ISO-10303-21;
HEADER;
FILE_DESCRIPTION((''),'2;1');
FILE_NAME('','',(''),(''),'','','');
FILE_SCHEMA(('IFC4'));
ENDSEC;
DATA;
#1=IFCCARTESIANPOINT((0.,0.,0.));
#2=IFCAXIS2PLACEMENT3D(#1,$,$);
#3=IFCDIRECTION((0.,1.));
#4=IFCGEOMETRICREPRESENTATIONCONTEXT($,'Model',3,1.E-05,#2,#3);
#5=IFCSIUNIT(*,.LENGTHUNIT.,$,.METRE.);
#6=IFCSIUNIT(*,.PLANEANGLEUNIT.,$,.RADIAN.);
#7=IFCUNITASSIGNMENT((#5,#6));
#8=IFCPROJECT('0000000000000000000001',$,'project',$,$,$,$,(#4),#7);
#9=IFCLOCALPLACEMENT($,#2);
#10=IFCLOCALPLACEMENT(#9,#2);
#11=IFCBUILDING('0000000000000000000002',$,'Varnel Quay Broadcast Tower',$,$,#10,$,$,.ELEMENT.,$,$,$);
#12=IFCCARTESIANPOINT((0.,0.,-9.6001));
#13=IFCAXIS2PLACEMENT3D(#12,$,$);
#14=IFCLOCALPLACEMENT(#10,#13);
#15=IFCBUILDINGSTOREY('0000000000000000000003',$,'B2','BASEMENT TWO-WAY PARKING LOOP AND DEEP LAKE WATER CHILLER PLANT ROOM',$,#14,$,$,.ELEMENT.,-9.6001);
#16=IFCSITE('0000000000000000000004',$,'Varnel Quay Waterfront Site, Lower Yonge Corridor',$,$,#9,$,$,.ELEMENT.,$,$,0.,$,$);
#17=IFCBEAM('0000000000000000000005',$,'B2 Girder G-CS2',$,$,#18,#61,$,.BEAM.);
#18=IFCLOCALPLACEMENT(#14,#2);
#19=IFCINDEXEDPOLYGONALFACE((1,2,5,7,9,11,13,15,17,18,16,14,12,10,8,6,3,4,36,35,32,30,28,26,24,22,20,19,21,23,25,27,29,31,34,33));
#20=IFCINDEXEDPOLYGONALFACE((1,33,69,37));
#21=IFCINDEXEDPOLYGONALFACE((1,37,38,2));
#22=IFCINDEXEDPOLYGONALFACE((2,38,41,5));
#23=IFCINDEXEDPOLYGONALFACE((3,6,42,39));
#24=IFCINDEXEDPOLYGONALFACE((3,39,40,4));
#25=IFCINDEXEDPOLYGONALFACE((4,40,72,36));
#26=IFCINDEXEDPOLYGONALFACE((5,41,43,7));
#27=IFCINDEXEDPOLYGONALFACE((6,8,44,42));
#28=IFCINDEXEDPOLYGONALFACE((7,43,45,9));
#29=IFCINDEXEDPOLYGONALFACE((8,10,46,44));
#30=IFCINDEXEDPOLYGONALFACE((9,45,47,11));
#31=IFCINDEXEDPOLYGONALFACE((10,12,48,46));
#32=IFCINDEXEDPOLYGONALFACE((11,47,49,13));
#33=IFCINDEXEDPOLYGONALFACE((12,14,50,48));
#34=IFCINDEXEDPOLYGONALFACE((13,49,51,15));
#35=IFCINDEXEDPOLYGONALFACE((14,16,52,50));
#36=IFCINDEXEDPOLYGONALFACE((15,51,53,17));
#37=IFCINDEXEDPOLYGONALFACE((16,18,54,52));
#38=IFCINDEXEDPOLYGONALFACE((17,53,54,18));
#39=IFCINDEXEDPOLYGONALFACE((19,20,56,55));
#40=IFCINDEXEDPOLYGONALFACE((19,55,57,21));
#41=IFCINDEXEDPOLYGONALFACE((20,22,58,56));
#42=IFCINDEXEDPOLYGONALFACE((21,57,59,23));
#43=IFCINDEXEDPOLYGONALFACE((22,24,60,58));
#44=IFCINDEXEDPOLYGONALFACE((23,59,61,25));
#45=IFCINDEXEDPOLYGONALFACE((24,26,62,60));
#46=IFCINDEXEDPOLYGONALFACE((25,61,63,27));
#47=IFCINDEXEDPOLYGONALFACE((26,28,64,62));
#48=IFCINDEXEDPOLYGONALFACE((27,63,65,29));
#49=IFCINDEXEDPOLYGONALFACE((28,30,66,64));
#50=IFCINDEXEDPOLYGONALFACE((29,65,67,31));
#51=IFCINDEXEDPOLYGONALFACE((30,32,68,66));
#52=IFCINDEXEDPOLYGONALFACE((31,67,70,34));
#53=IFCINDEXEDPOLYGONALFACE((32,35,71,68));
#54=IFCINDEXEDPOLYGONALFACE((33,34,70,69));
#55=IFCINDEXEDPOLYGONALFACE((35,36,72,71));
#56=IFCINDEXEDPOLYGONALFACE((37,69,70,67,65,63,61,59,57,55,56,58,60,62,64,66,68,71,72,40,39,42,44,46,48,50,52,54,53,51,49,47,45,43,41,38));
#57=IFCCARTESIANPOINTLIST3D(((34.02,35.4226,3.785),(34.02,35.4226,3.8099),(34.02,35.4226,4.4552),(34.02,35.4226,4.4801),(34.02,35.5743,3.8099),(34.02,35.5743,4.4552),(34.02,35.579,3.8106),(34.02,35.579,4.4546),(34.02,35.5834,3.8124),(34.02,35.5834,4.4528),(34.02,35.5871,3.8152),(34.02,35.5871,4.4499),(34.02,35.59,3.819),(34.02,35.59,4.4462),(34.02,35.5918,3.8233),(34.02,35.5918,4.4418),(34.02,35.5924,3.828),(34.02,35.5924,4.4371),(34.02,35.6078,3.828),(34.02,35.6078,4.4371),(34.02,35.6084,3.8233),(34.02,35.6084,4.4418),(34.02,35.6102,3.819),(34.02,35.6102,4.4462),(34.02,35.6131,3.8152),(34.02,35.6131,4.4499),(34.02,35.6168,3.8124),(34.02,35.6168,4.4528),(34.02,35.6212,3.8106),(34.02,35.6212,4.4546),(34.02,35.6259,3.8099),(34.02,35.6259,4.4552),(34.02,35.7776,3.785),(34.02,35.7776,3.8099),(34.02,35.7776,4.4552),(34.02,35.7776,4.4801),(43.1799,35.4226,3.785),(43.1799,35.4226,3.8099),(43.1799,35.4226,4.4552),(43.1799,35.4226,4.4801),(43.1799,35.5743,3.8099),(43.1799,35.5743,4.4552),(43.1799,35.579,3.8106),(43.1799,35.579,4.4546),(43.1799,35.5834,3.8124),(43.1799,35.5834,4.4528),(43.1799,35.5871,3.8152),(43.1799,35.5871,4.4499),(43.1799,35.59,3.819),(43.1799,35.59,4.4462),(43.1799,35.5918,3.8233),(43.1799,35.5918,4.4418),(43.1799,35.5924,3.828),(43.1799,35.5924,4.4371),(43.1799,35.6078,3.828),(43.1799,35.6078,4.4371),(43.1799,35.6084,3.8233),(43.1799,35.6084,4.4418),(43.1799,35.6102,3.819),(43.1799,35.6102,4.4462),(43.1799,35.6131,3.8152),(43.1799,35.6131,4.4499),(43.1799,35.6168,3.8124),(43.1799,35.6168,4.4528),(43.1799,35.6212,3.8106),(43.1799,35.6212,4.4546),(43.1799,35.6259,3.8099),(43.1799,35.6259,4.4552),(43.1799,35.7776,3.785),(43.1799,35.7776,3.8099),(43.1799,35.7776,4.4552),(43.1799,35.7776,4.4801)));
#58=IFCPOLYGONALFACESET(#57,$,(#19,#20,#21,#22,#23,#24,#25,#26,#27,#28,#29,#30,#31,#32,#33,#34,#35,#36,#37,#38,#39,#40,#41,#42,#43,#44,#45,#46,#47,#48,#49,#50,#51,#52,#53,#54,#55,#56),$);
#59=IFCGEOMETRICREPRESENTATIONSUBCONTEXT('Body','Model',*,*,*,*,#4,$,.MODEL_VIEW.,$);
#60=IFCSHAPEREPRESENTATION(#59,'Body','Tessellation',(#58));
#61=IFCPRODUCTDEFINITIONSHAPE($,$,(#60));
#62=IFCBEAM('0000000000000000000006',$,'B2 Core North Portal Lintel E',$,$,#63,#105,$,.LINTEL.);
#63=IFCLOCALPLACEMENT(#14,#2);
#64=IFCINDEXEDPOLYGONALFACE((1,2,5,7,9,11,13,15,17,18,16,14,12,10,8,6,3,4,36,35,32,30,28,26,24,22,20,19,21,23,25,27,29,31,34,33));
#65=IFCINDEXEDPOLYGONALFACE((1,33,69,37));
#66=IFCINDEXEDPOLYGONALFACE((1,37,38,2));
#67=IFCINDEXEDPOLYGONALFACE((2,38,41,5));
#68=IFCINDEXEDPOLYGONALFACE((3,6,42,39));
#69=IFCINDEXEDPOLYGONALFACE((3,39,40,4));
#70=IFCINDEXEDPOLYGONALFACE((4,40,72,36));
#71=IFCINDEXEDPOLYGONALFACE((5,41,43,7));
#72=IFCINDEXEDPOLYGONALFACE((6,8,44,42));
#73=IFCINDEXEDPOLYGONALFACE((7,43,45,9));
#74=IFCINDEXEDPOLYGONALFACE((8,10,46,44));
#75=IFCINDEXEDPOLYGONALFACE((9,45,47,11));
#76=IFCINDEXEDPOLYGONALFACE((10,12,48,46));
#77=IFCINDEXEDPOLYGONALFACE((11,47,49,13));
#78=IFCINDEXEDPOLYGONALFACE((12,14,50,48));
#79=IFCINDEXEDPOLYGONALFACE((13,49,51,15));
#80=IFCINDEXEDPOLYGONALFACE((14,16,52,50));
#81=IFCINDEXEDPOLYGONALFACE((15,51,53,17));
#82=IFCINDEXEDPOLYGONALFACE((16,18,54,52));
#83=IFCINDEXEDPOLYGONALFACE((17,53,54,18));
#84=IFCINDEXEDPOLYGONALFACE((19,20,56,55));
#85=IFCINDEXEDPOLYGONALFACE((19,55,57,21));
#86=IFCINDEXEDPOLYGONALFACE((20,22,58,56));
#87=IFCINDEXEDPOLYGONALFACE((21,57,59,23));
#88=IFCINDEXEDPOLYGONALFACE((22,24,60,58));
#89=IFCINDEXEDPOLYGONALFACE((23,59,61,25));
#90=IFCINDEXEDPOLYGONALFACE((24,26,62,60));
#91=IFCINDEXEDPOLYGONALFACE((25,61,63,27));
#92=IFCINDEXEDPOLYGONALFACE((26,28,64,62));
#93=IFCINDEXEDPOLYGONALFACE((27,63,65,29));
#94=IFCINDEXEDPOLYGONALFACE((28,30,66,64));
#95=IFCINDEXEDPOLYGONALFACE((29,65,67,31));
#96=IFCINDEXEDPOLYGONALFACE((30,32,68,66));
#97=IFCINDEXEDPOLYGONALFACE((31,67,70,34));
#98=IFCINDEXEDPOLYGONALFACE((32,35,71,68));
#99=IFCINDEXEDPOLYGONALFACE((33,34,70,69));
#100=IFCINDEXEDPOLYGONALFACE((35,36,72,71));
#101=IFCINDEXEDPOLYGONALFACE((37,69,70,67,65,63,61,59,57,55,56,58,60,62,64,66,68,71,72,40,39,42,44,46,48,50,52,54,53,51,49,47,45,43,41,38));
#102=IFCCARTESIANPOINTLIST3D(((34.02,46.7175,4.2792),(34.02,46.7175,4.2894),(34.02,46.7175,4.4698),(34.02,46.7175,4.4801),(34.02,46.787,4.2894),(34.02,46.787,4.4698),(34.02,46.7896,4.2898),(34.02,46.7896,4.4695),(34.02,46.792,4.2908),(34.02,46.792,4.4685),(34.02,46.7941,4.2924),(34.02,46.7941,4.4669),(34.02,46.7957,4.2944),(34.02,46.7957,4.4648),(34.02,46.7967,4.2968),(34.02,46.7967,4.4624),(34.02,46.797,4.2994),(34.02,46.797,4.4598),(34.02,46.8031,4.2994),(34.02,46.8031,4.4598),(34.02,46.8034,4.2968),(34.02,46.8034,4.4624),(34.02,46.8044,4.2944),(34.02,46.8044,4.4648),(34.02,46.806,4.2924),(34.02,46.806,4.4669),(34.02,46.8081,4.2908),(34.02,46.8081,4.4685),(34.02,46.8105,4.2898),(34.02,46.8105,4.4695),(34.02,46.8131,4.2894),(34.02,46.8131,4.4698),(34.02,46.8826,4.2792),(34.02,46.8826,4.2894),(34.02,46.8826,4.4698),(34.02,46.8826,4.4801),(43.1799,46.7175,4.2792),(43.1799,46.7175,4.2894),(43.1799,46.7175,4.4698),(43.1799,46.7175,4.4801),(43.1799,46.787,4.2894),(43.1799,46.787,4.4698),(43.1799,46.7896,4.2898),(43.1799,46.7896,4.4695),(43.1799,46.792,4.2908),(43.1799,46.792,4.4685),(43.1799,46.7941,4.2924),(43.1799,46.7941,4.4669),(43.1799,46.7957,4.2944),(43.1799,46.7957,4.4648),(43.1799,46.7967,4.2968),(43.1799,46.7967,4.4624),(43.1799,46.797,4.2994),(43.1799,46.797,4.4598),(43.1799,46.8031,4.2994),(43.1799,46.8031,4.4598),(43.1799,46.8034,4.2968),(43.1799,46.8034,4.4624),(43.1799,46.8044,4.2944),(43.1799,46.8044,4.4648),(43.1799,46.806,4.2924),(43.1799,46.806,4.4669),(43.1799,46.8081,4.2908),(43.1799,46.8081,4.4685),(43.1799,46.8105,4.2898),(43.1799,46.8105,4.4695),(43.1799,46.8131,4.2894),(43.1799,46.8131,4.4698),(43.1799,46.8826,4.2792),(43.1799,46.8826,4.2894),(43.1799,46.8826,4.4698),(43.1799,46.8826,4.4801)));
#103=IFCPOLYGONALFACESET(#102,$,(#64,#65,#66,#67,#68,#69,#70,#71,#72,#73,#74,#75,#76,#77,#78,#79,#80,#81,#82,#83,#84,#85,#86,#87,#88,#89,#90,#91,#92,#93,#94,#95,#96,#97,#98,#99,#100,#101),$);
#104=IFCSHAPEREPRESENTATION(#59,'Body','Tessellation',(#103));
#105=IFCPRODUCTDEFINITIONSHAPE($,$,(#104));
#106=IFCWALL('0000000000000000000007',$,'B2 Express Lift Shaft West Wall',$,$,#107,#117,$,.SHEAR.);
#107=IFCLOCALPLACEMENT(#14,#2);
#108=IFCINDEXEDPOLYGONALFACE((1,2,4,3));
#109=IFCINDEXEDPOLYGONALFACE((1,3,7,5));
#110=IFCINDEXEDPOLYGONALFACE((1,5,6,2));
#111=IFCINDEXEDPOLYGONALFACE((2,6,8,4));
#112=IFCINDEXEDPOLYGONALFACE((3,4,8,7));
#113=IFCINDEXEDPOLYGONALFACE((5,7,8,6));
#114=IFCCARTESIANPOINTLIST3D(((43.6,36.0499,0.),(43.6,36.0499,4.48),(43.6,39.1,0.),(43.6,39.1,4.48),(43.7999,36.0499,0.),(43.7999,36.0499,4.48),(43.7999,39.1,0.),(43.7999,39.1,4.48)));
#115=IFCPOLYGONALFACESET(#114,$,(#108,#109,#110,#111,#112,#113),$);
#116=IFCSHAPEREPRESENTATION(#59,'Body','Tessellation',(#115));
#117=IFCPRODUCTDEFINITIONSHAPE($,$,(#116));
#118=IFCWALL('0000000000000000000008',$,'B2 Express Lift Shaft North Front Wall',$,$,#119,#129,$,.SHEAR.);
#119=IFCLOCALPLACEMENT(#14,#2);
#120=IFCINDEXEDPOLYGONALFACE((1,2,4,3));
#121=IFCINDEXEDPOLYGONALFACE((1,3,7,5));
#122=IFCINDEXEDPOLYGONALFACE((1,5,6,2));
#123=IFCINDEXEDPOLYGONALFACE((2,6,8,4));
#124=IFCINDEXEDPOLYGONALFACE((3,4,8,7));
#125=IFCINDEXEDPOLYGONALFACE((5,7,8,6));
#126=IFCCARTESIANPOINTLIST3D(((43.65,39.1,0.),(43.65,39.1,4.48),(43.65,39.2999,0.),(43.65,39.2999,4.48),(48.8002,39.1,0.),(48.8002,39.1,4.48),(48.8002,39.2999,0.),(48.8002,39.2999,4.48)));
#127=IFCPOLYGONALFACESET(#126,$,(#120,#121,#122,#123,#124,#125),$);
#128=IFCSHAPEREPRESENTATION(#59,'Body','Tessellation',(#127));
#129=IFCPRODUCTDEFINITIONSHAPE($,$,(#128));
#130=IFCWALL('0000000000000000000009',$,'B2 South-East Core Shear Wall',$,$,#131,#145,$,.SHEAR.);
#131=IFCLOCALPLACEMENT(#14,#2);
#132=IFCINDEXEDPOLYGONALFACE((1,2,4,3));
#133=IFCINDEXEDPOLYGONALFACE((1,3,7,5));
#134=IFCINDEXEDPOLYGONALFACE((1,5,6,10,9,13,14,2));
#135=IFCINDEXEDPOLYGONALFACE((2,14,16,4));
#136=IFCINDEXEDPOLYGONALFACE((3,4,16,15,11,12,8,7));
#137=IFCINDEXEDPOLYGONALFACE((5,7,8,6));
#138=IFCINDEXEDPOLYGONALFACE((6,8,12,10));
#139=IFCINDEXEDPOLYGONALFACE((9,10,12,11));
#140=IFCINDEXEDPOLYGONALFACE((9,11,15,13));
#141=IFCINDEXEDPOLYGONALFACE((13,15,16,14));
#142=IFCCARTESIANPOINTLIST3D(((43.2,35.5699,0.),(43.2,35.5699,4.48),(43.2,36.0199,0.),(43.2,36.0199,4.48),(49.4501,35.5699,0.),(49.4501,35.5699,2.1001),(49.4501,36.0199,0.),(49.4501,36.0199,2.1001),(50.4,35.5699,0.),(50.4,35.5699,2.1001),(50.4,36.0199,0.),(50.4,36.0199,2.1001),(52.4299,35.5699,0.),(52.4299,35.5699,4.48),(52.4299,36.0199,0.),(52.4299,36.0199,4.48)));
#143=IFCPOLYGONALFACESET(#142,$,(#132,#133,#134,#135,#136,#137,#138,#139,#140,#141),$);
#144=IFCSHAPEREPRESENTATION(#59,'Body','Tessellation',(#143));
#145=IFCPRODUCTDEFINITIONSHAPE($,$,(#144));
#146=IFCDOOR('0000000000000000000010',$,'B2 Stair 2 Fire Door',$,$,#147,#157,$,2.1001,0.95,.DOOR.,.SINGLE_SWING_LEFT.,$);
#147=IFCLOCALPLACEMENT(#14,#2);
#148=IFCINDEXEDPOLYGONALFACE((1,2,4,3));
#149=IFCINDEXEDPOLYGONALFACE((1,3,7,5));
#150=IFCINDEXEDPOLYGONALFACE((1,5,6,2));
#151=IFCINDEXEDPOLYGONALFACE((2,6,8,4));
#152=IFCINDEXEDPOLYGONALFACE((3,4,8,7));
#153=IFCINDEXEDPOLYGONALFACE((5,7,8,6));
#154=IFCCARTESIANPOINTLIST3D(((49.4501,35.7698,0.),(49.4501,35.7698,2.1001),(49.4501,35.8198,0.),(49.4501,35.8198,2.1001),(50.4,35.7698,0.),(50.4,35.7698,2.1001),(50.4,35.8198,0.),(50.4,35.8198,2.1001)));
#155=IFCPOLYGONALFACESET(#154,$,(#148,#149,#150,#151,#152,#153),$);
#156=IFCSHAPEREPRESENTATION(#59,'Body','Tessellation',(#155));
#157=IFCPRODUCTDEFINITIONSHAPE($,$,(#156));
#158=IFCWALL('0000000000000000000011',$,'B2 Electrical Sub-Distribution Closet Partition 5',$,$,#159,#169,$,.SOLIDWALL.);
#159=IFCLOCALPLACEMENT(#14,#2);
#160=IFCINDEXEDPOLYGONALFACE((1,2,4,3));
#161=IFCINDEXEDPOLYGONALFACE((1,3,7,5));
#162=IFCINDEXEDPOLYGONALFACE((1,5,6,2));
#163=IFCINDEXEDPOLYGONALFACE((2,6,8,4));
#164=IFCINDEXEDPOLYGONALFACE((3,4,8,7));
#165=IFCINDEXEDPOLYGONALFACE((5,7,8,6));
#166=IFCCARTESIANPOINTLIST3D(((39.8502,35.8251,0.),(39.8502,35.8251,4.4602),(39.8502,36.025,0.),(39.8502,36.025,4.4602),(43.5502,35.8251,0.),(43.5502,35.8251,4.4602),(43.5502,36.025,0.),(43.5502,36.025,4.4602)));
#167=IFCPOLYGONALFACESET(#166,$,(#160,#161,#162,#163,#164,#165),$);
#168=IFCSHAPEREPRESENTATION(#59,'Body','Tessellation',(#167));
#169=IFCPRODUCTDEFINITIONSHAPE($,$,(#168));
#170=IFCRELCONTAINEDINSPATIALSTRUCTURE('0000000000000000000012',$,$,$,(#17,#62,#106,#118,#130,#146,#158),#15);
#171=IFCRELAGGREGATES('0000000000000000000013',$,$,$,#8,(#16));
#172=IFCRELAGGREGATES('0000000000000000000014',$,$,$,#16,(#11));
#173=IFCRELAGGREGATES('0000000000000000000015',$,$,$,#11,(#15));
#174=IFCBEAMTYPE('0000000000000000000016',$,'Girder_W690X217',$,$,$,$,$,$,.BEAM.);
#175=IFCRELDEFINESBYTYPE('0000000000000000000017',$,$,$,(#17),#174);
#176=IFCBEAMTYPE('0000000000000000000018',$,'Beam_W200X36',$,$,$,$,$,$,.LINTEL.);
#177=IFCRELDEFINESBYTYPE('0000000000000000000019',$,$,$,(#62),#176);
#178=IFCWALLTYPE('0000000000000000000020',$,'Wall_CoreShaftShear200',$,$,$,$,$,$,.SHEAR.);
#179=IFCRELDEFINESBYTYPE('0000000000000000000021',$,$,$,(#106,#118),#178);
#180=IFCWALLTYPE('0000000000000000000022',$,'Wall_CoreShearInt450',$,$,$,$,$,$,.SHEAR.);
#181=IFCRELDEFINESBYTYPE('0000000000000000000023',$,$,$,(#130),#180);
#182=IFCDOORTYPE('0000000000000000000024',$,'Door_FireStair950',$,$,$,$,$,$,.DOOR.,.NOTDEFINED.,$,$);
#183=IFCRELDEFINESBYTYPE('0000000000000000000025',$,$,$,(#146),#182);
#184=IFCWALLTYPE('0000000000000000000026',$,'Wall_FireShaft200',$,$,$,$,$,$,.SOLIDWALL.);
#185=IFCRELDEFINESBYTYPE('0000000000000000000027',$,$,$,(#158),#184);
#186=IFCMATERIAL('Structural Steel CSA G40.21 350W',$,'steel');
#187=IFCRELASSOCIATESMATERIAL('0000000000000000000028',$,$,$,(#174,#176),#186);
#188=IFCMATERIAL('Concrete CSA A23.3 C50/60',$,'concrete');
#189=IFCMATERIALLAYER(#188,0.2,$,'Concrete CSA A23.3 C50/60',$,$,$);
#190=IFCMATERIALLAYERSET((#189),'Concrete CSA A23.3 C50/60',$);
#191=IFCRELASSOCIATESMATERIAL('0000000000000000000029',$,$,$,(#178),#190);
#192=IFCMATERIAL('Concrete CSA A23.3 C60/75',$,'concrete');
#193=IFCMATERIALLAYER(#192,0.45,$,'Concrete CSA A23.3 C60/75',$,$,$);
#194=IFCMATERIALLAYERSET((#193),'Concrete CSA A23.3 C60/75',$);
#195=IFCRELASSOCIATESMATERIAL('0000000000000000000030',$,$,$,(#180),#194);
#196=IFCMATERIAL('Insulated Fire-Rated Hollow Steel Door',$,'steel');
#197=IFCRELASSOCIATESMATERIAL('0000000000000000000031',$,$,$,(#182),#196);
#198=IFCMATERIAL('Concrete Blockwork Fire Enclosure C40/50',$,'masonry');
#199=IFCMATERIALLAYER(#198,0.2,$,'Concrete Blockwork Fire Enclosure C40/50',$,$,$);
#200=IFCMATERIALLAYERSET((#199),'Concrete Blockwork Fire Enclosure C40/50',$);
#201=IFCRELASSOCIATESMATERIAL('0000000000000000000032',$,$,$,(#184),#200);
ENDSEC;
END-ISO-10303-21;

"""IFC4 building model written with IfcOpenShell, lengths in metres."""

from ifc_helpers import new_model, si_unit, direction, frame, frame_2d, origin, origin_2d, place, context, subcontext, project, spatial, rectangle, i_section, extrude, source, transform, mapped, material, layer, layer_set, material_profile, profile_set, type_object, type_shapes, element, fill, save


model = new_model("IFC4")

# Units and contexts
model_context = context("Model", 3, precision=1e-05, world=origin(), true_north=direction((0.0, 1.0)))
body_context = subcontext(model_context, "Body", "Model", "MODEL_VIEW")
ifc_project = project(units=[si_unit("LENGTHUNIT", "METRE"), si_unit("PLANEANGLEUNIT", "RADIAN")], contexts=[model_context])

# Site, building, storey
site_placement = place(None, origin())
site = spatial("IfcSite", under=ifc_project, at=site_placement, Name="Varnel Quay Waterfront Site, Lower Yonge Corridor", CompositionType="ELEMENT", RefElevation=0.0)
building_placement = place(site_placement, origin())
building = spatial("IfcBuilding", under=site, at=building_placement, Name="Varnel Quay Broadcast Tower", CompositionType="ELEMENT")
storey_placement = place(building_placement, frame((0.0, 0.0, -9.6001)))
storey = spatial("IfcBuildingStorey", under=building, at=storey_placement, Name="B2", Description="BASEMENT TWO-WAY PARKING LOOP AND DEEP LAKE WATER CHILLER PLANT ROOM", CompositionType="ELEMENT", Elevation=-9.6001)

# Shared definitions
ifc_material_1 = material(Name="Concrete CSA A23.3 C50/60", Category="concrete")

# Beams
ifc_material_2 = material(Name="Structural Steel CSA G40.21 350W", Category="steel")
ifc_material_profile_1 = material_profile(ifc_material_2, i_section(OverallWidth=0.355, OverallDepth=0.6951, WebThickness=0.0154, FlangeThickness=0.0249, FilletRadius=0.0181, at=origin_2d()), Name="W690X217")
ifc_profile_set_1 = profile_set([ifc_material_profile_1], Name="Structural Steel CSA G40.21 350W")
beam_type_1 = type_object("IfcBeamType", Name="Girder_W690X217", PredefinedType="BEAM", material=ifc_profile_set_1)
shared_shape_1 = source(origin(), body_context, "Body", "SweptSolid", [
    extrude(i_section(OverallWidth=0.355, OverallDepth=0.6951, WebThickness=0.0154, FlangeThickness=0.0249, FilletRadius=0.0181, at=origin_2d()), origin(), (0.0, 0.0, 1.0), 9.1599),
])
type_shapes(beam_type_1, [shared_shape_1])
beam_1_placement = place(storey_placement, frame((34.02, 35.6001, 4.1326), z_axis=(1.0, 0.0, 0.0), x_axis=(0.0, 1.0, 0.0)))
element("IfcBeam", 1, at=beam_1_placement, inside=storey, type_object=beam_type_1, Name="B2 Girder G-CS2", PredefinedType="BEAM", context=body_context, shape_type="MappedRepresentation", body=[
    mapped(shared_shape_1, transform((0.0, 0.0, 0.0), x_axis=(1.0, 0.0, 0.0), y_axis=(0.0, 1.0, 0.0), z_axis=(0.0, 0.0, 1.0), scale=1.0)),
])
ifc_material_profile_2 = material_profile(ifc_material_2, i_section(OverallWidth=0.165, OverallDepth=0.2009, WebThickness=0.0061, FlangeThickness=0.0103, FilletRadius=0.01, at=origin_2d()), Name="W200X36")
ifc_profile_set_2 = profile_set([ifc_material_profile_2], Name="Structural Steel CSA G40.21 350W")
beam_type_2 = type_object("IfcBeamType", Name="Beam_W200X36", PredefinedType="LINTEL", material=ifc_profile_set_2)
shared_shape_2 = source(origin(), body_context, "Body", "SweptSolid", [
    extrude(i_section(OverallWidth=0.165, OverallDepth=0.2009, WebThickness=0.0061, FlangeThickness=0.0103, FilletRadius=0.01, at=origin_2d()), origin(), (0.0, 0.0, 1.0), 9.1599),
])
type_shapes(beam_type_2, [shared_shape_2])
beam_2_placement = place(storey_placement, frame((34.02, 46.8, 4.3796), z_axis=(1.0, 0.0, 0.0), x_axis=(0.0, 1.0, 0.0)))
element("IfcBeam", 2, at=beam_2_placement, inside=storey, type_object=beam_type_2, Name="B2 Core North Portal Lintel E", PredefinedType="LINTEL", context=body_context, shape_type="MappedRepresentation", body=[
    mapped(shared_shape_2, transform((0.0, 0.0, 0.0), x_axis=(1.0, 0.0, 0.0), y_axis=(0.0, 1.0, 0.0), z_axis=(0.0, 0.0, 1.0), scale=1.0)),
])

# Walls
ifc_layer_1 = layer(ifc_material_1, 0.2, Name="Concrete CSA A23.3 C50/60")
ifc_layer_set_1 = layer_set([ifc_layer_1], Name="Concrete CSA A23.3 C50/60")
wall_type_1 = type_object("IfcWallType", Name="Wall_CoreShaftShear200", PredefinedType="SHEAR", material=ifc_layer_set_1)
wall_1_placement = place(storey_placement, frame((43.7, 36.05, 0.0), z_axis=(0.0, 0.0, 1.0), x_axis=(0.0, 1.0, 0.0)))
element("IfcWall", 3, at=wall_1_placement, inside=storey, type_object=wall_type_1, Name="B2 Express Lift Shaft West Wall", PredefinedType="SHEAR", context=body_context, shape_type="SweptSolid", body=[
    extrude(rectangle(XDim=3.05, YDim=0.2, at=frame_2d((1.5249, 0.0))), origin(), (0.0, 0.0, 1.0), 4.48),
])
wall_2_placement = place(storey_placement, frame((43.6499, 39.2, 0.0), z_axis=(0.0, 0.0, 1.0), x_axis=(1.0, 0.0, 0.0)))
element("IfcWall", 4, at=wall_2_placement, inside=storey, type_object=wall_type_1, Name="B2 Express Lift Shaft North Front Wall", PredefinedType="SHEAR", context=body_context, shape_type="SweptSolid", body=[
    extrude(rectangle(XDim=5.1501, YDim=0.2, at=frame_2d((2.5752, 0.0))), origin(), (0.0, 0.0, 1.0), 4.48),
])

# Wall, opening, door
ifc_material_3 = material(Name="Concrete CSA A23.3 C60/75", Category="concrete")
ifc_layer_2 = layer(ifc_material_3, 0.45, Name="Concrete CSA A23.3 C60/75")
ifc_layer_set_2 = layer_set([ifc_layer_2], Name="Concrete CSA A23.3 C60/75")
wall_type_2 = type_object("IfcWallType", Name="Wall_CoreShearInt450", PredefinedType="SHEAR", material=ifc_layer_set_2)
wall_3_placement = place(storey_placement, frame((43.2, 35.7949, 0.0), z_axis=(0.0, 0.0, 1.0), x_axis=(1.0, 0.0, 0.0)))
wall_3 = element("IfcWall", 5, at=wall_3_placement, inside=storey, type_object=wall_type_2, Name="B2 South-East Core Shear Wall", PredefinedType="SHEAR", context=body_context, shape_type="SweptSolid", body=[
    extrude(rectangle(XDim=9.23, YDim=0.45, at=frame_2d((4.615, 0.0))), origin(), (0.0, 0.0, 1.0), 4.48),
])
opening_1_placement = place(wall_3_placement, frame((6.25, 0.0, 0.0)))
opening_1 = element("IfcOpeningElement", 6, at=opening_1_placement, cuts=wall_3, PredefinedType="OPENING", context=body_context, shape_type="SweptSolid", body=[
    extrude(rectangle(XDim=0.95, YDim=2.1001, at=frame_2d((0.4751, 1.05))), frame((0.0, 0.2349, 0.0), z_axis=(0.0, -1.0, 0.0), x_axis=(1.0, 0.0, 0.0)), (0.0, 0.0, 1.0), 0.47),
])
ifc_material_4 = material(Name="Insulated Fire-Rated Hollow Steel Door", Category="steel")
door_type_1 = type_object("IfcDoorType", Name="Door_FireStair950", OperationType="NOTDEFINED", PredefinedType="DOOR", material=ifc_material_4)
shared_shape_3 = source(origin(), body_context, "Body", "SweptSolid", [
    extrude(rectangle(XDim=0.95, YDim=2.1001, at=frame_2d((0.4751, 1.05))), frame((0.0, 0.0249, 0.0), z_axis=(0.0, -1.0, 0.0), x_axis=(1.0, 0.0, 0.0)), (0.0, 0.0, 1.0), 0.05),
])
type_shapes(door_type_1, [shared_shape_3])
door_1_placement = place(opening_1_placement, origin())
door_1 = element("IfcDoor", 7, at=door_1_placement, inside=storey, type_object=door_type_1, Name="B2 Stair 2 Fire Door", OperationType="SINGLE_SWING_LEFT", OverallHeight=2.1001, OverallWidth=0.95, PredefinedType="DOOR", context=body_context, shape_type="MappedRepresentation", body=[
    mapped(shared_shape_3, transform((0.0, 0.0, 0.0), x_axis=(1.0, 0.0, 0.0), y_axis=(0.0, 1.0, 0.0), z_axis=(0.0, 0.0, 1.0), scale=1.0)),
])
fill(opening_1, door_1)

# Wall
ifc_material_5 = material(Name="Concrete Blockwork Fire Enclosure C40/50", Category="masonry")
ifc_layer_3 = layer(ifc_material_5, 0.2, Name="Concrete Blockwork Fire Enclosure C40/50")
ifc_layer_set_3 = layer_set([ifc_layer_3], Name="Concrete Blockwork Fire Enclosure C40/50")
wall_type_3 = type_object("IfcWallType", Name="Wall_FireShaft200", PredefinedType="SOLIDWALL", material=ifc_layer_set_3)
wall_4_placement = place(storey_placement, frame((39.8501, 35.925, 0.0), z_axis=(0.0, 0.0, 1.0), x_axis=(1.0, 0.0, 0.0)))
element("IfcWall", 8, at=wall_4_placement, inside=storey, type_object=wall_type_3, Name="B2 Electrical Sub-Distribution Closet Partition 5", PredefinedType="SOLIDWALL", context=body_context, shape_type="SweptSolid", body=[
    extrude(rectangle(XDim=3.7, YDim=0.2, at=frame_2d((1.8501, 0.0))), origin(), (0.0, 0.0, 1.0), 4.4602),
])

save(model, "model.ifc")
